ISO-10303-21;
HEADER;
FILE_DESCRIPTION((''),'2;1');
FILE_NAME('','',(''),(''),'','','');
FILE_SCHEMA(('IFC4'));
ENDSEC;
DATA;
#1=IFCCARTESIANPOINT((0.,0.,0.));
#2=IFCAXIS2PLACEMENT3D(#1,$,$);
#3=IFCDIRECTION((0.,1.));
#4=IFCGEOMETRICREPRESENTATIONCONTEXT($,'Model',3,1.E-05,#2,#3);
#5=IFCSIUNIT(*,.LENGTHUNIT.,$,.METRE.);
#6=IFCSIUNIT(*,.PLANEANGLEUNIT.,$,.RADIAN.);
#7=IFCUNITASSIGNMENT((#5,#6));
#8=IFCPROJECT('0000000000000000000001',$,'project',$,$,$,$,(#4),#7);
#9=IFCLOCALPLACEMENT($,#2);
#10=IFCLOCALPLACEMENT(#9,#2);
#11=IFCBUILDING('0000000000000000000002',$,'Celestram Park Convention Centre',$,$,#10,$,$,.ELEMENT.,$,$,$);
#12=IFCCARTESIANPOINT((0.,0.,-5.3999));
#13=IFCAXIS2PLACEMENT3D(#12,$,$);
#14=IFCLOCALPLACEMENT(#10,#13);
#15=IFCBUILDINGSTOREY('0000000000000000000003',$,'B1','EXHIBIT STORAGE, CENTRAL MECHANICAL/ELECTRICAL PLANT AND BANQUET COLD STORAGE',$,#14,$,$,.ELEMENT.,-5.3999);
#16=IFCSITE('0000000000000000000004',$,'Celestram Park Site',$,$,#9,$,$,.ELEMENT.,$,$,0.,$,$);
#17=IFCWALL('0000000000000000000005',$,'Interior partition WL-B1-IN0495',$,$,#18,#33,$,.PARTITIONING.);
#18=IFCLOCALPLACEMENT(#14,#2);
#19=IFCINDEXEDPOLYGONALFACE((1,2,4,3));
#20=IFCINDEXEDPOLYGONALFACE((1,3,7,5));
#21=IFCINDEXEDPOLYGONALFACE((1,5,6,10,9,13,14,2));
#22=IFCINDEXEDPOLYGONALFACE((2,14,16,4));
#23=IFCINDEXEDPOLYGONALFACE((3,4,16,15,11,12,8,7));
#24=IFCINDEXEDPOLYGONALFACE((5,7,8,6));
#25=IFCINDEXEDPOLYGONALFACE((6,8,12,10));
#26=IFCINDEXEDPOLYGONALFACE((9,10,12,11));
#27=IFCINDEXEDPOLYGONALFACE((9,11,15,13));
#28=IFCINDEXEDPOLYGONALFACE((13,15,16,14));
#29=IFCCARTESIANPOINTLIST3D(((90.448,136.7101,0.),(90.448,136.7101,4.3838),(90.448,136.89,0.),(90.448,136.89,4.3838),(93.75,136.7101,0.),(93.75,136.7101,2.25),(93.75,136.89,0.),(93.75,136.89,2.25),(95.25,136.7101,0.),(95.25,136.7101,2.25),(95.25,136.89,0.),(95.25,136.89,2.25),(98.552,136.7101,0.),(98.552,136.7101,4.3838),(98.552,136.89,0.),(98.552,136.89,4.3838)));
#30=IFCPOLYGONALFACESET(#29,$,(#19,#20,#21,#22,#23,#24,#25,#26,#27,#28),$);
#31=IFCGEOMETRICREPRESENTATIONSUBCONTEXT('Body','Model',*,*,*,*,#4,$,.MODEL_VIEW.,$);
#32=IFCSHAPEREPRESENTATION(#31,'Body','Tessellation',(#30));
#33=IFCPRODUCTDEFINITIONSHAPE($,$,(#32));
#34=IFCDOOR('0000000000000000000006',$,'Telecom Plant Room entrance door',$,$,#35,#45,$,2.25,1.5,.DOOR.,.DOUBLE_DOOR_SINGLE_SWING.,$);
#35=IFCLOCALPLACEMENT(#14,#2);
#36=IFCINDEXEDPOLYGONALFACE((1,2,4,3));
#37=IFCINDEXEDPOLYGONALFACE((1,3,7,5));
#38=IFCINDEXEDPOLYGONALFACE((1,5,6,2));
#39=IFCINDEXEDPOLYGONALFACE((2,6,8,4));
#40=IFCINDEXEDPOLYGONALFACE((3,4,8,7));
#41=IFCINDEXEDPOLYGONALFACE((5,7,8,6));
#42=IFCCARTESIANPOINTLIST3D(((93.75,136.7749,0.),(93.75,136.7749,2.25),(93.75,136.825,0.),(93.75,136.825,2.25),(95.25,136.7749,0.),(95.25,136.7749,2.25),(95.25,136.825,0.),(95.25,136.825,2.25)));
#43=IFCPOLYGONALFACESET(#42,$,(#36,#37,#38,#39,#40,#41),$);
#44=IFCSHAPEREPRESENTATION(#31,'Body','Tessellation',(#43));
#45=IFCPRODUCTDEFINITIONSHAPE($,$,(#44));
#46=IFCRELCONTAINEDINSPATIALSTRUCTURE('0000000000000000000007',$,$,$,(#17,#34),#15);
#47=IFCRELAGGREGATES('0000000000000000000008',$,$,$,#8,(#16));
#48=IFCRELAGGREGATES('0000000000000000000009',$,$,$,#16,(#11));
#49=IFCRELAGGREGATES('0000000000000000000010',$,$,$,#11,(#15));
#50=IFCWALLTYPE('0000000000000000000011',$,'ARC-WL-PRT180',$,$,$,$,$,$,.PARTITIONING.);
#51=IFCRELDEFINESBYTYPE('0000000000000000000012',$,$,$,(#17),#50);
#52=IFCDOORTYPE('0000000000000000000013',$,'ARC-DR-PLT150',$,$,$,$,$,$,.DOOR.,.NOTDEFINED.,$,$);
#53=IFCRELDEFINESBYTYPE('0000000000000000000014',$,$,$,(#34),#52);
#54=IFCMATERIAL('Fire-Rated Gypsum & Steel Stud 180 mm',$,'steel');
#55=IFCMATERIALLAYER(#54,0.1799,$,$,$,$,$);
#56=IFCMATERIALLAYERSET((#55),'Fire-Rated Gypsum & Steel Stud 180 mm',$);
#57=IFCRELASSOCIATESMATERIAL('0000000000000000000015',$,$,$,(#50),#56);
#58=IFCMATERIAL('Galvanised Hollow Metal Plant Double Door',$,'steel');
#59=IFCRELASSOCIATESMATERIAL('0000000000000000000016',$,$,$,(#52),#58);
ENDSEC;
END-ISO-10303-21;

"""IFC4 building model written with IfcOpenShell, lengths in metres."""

from ifc_helpers import new_model, si_unit, direction, frame, frame_2d, origin, place, context, subcontext, project, spatial, rectangle, extrude, material, layer, layer_set, type_object, element, fill, save


model = new_model("IFC4")

# Units and contexts
model_context = context("Model", 3, precision=1e-05, world=origin(), true_north=direction((0.0, 1.0)))
body_context = subcontext(model_context, "Body", "Model", "MODEL_VIEW")
ifc_project = project(units=[si_unit("LENGTHUNIT", "METRE"), si_unit("PLANEANGLEUNIT", "RADIAN")], contexts=[model_context])

# Site, building, storey
site_placement = place(None, origin())
site = spatial("IfcSite", under=ifc_project, at=site_placement, Name="Celestram Park Site", CompositionType="ELEMENT", RefElevation=0.0)
building_placement = place(site_placement, origin())
building = spatial("IfcBuilding", under=site, at=building_placement, Name="Celestram Park Convention Centre", CompositionType="ELEMENT")
storey_placement = place(building_placement, frame((0.0, 0.0, -5.3999)))
storey = spatial("IfcBuildingStorey", under=building, at=storey_placement, Name="B1", Description="EXHIBIT STORAGE, CENTRAL MECHANICAL/ELECTRICAL PLANT AND BANQUET COLD STORAGE", CompositionType="ELEMENT", Elevation=-5.3999)

# Shared definitions
ifc_material_1 = material(Name="Fire-Rated Gypsum & Steel Stud 180 mm", Category="steel")
ifc_layer = layer(ifc_material_1, 0.1799)
ifc_layer_set = layer_set([ifc_layer], Name="Fire-Rated Gypsum & Steel Stud 180 mm")
wall_type = type_object("IfcWallType", Name="ARC-WL-PRT180", PredefinedType="PARTITIONING", material=ifc_layer_set)

# Wall, opening, door
wall_1_placement = place(storey_placement, frame((90.448, 136.8, 0.0), z_axis=(0.0, 0.0, 1.0), x_axis=(1.0, 0.0, 0.0)))
wall_1 = element("IfcWall", 1, at=wall_1_placement, inside=storey, type_object=wall_type, Name="Interior partition WL-B1-IN0495", PredefinedType="PARTITIONING", context=body_context, shape_type="SweptSolid", body=[
    extrude(rectangle(XDim=8.104, YDim=0.1799, at=frame_2d((4.052, 0.0))), origin(), (0.0, 0.0, 1.0), 4.3838),
])
opening_placement = place(wall_1_placement, frame((3.302, 0.0, 0.0)))
opening = element("IfcOpeningElement", 2, at=opening_placement, cuts=wall_1, PredefinedType="OPENING", context=body_context, shape_type="SweptSolid", body=[
    extrude(rectangle(XDim=1.5, YDim=2.25, at=frame_2d((0.75, 1.125))), frame((0.0, 0.0999, 0.0), z_axis=(0.0, -1.0, 0.0), x_axis=(1.0, 0.0, 0.0)), (0.0, 0.0, 1.0), 0.2),
])
ifc_material_2 = material(Name="Galvanised Hollow Metal Plant Double Door", Category="steel")
door_type = type_object("IfcDoorType", Name="ARC-DR-PLT150", OperationType="NOTDEFINED", PredefinedType="DOOR", material=ifc_material_2)
door_placement = place(opening_placement, origin())
door = element("IfcDoor", 3, at=door_placement, inside=storey, type_object=door_type, Name="Telecom Plant Room entrance door", OperationType="DOUBLE_DOOR_SINGLE_SWING", OverallHeight=2.25, OverallWidth=1.5, PredefinedType="DOOR", context=body_context, shape_type="SweptSolid", body=[
    extrude(rectangle(XDim=1.5, YDim=2.25, at=frame_2d((0.75, 1.125))), frame((0.0, 0.0249, 0.0), z_axis=(0.0, -1.0, 0.0), x_axis=(1.0, 0.0, 0.0)), (0.0, 0.0, 1.0), 0.05),
])
fill(opening, door)

save(model, "model.ifc")
